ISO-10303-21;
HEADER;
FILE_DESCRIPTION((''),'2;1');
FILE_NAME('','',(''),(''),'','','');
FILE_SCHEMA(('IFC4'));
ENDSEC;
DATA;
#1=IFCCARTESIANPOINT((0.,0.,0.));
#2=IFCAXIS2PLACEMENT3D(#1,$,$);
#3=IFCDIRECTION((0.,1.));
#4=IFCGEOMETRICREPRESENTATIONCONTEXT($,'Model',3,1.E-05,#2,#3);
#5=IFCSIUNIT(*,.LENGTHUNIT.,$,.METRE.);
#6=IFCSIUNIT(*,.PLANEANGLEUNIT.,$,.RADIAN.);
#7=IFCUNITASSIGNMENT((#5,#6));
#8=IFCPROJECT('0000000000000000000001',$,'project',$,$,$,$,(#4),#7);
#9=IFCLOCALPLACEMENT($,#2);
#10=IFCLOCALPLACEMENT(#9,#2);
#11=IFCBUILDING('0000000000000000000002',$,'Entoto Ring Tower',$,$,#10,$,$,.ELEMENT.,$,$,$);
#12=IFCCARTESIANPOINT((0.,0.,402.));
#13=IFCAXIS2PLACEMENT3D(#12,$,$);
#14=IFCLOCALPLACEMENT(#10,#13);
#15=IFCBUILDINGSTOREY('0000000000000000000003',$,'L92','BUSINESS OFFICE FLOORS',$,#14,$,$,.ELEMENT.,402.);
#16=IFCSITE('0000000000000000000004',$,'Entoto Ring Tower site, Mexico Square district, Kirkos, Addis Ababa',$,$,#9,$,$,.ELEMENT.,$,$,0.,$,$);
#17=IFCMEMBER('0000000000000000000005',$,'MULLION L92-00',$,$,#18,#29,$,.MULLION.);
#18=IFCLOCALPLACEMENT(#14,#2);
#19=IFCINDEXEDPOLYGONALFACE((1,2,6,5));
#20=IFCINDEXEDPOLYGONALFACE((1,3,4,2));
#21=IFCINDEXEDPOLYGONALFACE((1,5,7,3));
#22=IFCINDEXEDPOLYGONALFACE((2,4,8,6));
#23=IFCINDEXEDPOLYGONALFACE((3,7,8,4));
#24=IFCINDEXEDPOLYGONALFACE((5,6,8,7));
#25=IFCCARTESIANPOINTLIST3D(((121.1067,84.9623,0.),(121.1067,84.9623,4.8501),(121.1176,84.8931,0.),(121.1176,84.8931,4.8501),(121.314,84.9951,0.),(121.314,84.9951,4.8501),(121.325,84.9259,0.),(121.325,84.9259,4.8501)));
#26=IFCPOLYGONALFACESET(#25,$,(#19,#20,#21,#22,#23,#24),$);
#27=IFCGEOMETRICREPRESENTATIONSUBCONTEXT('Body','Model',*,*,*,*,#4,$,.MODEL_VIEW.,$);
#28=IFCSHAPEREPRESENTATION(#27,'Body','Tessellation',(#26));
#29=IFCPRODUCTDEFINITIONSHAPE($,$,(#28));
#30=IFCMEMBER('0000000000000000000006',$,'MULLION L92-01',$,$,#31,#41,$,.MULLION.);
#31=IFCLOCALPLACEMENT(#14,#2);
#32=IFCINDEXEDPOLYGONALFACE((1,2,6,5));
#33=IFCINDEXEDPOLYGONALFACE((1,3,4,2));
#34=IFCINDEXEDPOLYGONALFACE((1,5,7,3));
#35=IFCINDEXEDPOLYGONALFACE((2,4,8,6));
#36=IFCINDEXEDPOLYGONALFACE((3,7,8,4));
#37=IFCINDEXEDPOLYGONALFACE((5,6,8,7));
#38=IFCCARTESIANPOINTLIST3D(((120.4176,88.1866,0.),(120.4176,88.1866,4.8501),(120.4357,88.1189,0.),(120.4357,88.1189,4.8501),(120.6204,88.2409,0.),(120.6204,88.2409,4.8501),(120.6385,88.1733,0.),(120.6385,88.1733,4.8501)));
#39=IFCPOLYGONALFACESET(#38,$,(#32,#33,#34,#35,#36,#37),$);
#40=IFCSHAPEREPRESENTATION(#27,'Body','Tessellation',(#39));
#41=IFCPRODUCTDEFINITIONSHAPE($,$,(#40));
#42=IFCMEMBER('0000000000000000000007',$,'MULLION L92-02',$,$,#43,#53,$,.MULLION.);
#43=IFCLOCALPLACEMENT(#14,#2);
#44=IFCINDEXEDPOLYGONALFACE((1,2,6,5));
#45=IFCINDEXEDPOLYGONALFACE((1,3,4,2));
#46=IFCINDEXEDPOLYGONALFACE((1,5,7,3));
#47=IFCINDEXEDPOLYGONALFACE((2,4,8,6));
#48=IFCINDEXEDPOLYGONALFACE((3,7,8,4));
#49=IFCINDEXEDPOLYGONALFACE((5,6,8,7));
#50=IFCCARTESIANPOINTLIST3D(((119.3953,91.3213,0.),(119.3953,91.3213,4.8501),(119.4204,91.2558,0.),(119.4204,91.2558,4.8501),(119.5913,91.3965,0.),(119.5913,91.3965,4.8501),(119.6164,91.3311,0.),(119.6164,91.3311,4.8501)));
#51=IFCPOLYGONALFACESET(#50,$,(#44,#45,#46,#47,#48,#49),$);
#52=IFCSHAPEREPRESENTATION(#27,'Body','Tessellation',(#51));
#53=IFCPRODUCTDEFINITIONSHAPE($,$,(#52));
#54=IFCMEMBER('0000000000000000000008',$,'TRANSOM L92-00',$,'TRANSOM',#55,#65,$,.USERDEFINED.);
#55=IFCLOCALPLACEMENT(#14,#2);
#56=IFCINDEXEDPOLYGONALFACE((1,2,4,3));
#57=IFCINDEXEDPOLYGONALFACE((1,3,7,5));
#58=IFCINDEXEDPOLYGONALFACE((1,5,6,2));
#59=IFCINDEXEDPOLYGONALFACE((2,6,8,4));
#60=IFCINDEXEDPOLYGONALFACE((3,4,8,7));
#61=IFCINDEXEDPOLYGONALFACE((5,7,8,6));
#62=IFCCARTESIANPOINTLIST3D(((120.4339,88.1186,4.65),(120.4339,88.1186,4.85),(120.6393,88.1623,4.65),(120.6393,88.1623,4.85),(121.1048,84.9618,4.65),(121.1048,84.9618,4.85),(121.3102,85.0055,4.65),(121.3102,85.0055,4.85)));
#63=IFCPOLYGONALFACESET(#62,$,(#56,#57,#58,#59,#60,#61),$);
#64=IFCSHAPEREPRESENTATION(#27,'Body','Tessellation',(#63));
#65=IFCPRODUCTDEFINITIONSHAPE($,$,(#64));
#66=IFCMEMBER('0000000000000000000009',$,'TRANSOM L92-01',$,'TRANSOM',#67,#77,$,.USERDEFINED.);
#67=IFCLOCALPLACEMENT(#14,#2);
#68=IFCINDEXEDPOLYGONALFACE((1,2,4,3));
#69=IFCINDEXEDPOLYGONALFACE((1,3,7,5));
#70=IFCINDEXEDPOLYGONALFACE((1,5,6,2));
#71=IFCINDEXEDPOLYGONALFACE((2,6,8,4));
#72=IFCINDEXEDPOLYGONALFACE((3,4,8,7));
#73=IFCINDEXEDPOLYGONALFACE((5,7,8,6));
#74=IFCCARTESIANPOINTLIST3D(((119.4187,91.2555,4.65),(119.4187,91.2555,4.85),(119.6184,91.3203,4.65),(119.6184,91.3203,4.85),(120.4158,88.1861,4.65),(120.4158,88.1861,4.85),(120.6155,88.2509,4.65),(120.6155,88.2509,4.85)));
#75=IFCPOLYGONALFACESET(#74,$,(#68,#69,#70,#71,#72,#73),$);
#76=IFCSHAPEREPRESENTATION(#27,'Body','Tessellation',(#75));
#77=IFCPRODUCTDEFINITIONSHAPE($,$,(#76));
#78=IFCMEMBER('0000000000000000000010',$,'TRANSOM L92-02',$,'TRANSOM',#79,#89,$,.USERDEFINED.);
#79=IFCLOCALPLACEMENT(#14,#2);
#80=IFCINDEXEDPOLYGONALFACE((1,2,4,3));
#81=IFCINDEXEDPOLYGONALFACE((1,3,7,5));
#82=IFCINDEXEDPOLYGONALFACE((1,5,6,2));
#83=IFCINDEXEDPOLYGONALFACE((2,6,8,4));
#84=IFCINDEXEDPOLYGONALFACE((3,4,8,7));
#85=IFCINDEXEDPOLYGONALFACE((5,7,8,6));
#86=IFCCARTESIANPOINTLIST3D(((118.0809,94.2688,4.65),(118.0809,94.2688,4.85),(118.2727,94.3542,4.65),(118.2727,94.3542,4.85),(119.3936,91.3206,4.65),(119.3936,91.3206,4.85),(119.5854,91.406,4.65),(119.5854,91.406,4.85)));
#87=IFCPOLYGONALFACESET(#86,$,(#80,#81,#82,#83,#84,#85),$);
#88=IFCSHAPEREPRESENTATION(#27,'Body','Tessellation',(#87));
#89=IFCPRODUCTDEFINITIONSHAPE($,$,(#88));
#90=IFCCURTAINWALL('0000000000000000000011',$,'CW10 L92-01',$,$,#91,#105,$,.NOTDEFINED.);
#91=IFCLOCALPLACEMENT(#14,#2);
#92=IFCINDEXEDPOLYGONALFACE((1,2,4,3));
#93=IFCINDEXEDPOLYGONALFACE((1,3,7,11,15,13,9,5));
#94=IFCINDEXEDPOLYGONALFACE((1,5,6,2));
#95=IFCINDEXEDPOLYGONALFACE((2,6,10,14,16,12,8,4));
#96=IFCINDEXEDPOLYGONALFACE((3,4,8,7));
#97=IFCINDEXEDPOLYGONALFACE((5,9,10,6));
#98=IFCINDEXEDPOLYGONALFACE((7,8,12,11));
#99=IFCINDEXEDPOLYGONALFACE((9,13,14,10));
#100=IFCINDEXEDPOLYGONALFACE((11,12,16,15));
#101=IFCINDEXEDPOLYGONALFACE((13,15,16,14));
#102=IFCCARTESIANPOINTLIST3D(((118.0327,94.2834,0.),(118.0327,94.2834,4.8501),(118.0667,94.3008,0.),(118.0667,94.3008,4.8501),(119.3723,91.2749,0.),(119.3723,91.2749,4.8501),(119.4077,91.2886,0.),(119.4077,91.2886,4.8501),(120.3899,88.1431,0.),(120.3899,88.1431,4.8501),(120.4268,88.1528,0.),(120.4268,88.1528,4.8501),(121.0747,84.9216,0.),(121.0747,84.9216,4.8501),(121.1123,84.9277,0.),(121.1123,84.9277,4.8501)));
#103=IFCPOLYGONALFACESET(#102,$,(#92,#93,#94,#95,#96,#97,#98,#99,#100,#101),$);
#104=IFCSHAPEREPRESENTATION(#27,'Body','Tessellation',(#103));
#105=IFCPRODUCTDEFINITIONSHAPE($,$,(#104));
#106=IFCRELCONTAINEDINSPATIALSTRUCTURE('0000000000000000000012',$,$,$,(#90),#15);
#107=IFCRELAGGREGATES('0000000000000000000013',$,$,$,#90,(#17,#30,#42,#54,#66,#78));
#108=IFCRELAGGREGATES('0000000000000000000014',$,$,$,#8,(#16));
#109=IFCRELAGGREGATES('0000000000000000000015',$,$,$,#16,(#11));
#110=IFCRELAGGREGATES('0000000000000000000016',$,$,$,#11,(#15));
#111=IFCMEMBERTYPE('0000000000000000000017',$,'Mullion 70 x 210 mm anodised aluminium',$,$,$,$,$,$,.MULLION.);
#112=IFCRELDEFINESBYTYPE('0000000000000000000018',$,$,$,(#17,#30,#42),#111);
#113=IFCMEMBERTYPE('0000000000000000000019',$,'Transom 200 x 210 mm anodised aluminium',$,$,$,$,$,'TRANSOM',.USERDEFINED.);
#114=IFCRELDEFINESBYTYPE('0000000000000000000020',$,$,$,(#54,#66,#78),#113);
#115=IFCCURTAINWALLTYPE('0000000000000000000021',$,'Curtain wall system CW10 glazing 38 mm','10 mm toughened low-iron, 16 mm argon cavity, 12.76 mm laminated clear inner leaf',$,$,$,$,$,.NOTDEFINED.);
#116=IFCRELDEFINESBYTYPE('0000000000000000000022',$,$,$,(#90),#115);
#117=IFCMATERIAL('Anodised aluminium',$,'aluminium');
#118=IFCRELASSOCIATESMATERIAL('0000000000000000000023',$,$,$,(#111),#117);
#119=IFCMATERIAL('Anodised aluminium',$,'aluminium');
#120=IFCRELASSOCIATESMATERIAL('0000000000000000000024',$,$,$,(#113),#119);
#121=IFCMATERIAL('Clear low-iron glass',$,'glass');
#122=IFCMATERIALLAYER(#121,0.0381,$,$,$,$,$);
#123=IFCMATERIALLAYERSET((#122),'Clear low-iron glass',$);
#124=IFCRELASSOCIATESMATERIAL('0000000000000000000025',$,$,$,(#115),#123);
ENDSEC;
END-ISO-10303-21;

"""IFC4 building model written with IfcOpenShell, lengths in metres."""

from ifc_helpers import new_model, si_unit, direction, frame, origin, origin_2d, place, context, subcontext, project, spatial, polyline, rectangle, outline, extrude, material, layer, layer_set, material_profile, profile_set, type_object, element, aggregate, save


model = new_model("IFC4")

# Units and contexts
model_context = context("Model", 3, precision=1e-05, world=origin(), true_north=direction((0.0, 1.0)))
body_context = subcontext(model_context, "Body", "Model", "MODEL_VIEW")
ifc_project = project(units=[si_unit("LENGTHUNIT", "METRE"), si_unit("PLANEANGLEUNIT", "RADIAN")], contexts=[model_context])

# Members
ifc_material_1 = material(Name="Anodised aluminium", Category="aluminium")
ifc_material_profile_1 = material_profile(ifc_material_1, rectangle(XDim=0.0701, YDim=0.21, at=origin_2d()), Name="Mullion 70 x 210 mm anodised aluminium")
ifc_profile_set_1 = profile_set([ifc_material_profile_1], Name="Anodised aluminium")
member_type_1 = type_object("IfcMemberType", Name="Mullion 70 x 210 mm anodised aluminium", PredefinedType="MULLION", material=ifc_profile_set_1)
site_placement = place(None, origin())
building_placement = place(site_placement, origin())
storey_placement = place(building_placement, frame((0.0, 0.0, 402.0)))
member_1_placement = place(storey_placement, frame((121.2158, 84.9441, 0.0), z_axis=(0.0, 0.0, 1.0), x_axis=(-0.156434, 0.987688, 0.0)))
member_1 = element("IfcMember", 1, at=member_1_placement, type_object=member_type_1, Name="MULLION L92-00", PredefinedType="MULLION", context=body_context, shape_type="SweptSolid", body=[
    extrude(rectangle(XDim=0.0701, YDim=0.21, at=origin_2d()), origin(), (0.0, 0.0, 1.0), 4.8501),
])
member_2_placement = place(storey_placement, frame((120.5281, 88.1799, 0.0), z_axis=(0.0, 0.0, 1.0), x_axis=(-0.258819, 0.965926, 0.0)))
member_2 = element("IfcMember", 2, at=member_2_placement, type_object=member_type_1, Name="MULLION L92-01", PredefinedType="MULLION", context=body_context, shape_type="SweptSolid", body=[
    extrude(rectangle(XDim=0.0701, YDim=0.21, at=origin_2d()), origin(), (0.0, 0.0, 1.0), 4.8501),
])
member_3_placement = place(storey_placement, frame((119.5059, 91.3262, 0.0), z_axis=(0.0, 0.0, 1.0), x_axis=(-0.358368, 0.93358, 0.0)))
member_3 = element("IfcMember", 3, at=member_3_placement, type_object=member_type_1, Name="MULLION L92-02", PredefinedType="MULLION", context=body_context, shape_type="SweptSolid", body=[
    extrude(rectangle(XDim=0.0701, YDim=0.21, at=origin_2d()), origin(), (0.0, 0.0, 1.0), 4.8501),
])
ifc_material_2 = material(Name="Anodised aluminium", Category="aluminium")
ifc_material_profile_2 = material_profile(ifc_material_2, rectangle(XDim=0.21, YDim=0.2, at=origin_2d()), Name="Transom 200 x 210 mm anodised aluminium")
ifc_profile_set_2 = profile_set([ifc_material_profile_2], Name="Anodised aluminium")
member_type_2 = type_object("IfcMemberType", Name="Transom 200 x 210 mm anodised aluminium", ElementType="TRANSOM", PredefinedType="USERDEFINED", material=ifc_profile_set_2)
member_4_placement = place(storey_placement, frame((121.2075, 84.9836, 4.75), z_axis=(-0.207886, 0.978153, 0.0), x_axis=(-0.978153, -0.207886, 0.0)))
member_4 = element("IfcMember", 4, at=member_4_placement, type_object=member_type_2, Name="TRANSOM L92-00", ObjectType="TRANSOM", PredefinedType="USERDEFINED", context=body_context, shape_type="SweptSolid", body=[
    extrude(rectangle(XDim=0.21, YDim=0.2, at=origin_2d()), origin(), (0.0, 0.0, 1.0), 3.2273),
])
member_5_placement = place(storey_placement, frame((120.5156, 88.2185, 4.75), z_axis=(-0.308956, 0.951076, 0.0), x_axis=(-0.951076, -0.308956, 0.0)))
member_5 = element("IfcMember", 5, at=member_5_placement, type_object=member_type_2, Name="TRANSOM L92-01", ObjectType="TRANSOM", PredefinedType="USERDEFINED", context=body_context, shape_type="SweptSolid", body=[
    extrude(rectangle(XDim=0.21, YDim=0.2, at=origin_2d()), origin(), (0.0, 0.0, 1.0), 3.2273),
])
member_6_placement = place(storey_placement, frame((119.4895, 91.3633, 4.75), z_axis=(-0.406763, 0.913534, 0.0), x_axis=(-0.913534, -0.406763, 0.0)))
member_6 = element("IfcMember", 6, at=member_6_placement, type_object=member_type_2, Name="TRANSOM L92-02", ObjectType="TRANSOM", PredefinedType="USERDEFINED", context=body_context, shape_type="SweptSolid", body=[
    extrude(rectangle(XDim=0.21, YDim=0.2, at=origin_2d()), origin(), (0.0, 0.0, 1.0), 3.2273),
])

# Site, building, storey
site = spatial("IfcSite", under=ifc_project, at=site_placement, Name="Entoto Ring Tower site, Mexico Square district, Kirkos, Addis Ababa", CompositionType="ELEMENT", RefElevation=0.0)
building = spatial("IfcBuilding", under=site, at=building_placement, Name="Entoto Ring Tower", CompositionType="ELEMENT")
storey = spatial("IfcBuildingStorey", under=building, at=storey_placement, Name="L92", Description="BUSINESS OFFICE FLOORS", CompositionType="ELEMENT", Elevation=402.0)

# Curtain wall
ifc_material_3 = material(Name="Clear low-iron glass", Category="glass")
ifc_layer_1 = layer(ifc_material_3, 0.0381)
ifc_layer_set_1 = layer_set([ifc_layer_1], Name="Clear low-iron glass")
curtain_wall_type = type_object("IfcCurtainWallType", Name="Curtain wall system CW10 glazing 38 mm", Description="10 mm toughened low-iron, 16 mm argon cavity, 12.76 mm laminated clear inner leaf", PredefinedType="NOTDEFINED", material=ifc_layer_set_1)
curtain_wall_1_placement = place(storey_placement, origin())
curtain_wall_1 = element("IfcCurtainWall", 7, at=curtain_wall_1_placement, inside=storey, type_object=curtain_wall_type, Name="CW10 L92-01", PredefinedType="NOTDEFINED", context=body_context, shape_type="SweptSolid", body=[
    extrude(outline(polyline([(121.1123, 84.9277), (120.4268, 88.1528), (119.4077, 91.2886), (118.0667, 94.3008), (118.0327, 94.2834), (119.3723, 91.2749), (120.3899, 88.1431), (121.0747, 84.9216), (121.1123, 84.9277)])), origin(), (0.0, 0.0, 1.0), 4.8501),
])
aggregate(curtain_wall_1, [member_1, member_2, member_3, member_4, member_5, member_6])

save(model, "model.ifc")
